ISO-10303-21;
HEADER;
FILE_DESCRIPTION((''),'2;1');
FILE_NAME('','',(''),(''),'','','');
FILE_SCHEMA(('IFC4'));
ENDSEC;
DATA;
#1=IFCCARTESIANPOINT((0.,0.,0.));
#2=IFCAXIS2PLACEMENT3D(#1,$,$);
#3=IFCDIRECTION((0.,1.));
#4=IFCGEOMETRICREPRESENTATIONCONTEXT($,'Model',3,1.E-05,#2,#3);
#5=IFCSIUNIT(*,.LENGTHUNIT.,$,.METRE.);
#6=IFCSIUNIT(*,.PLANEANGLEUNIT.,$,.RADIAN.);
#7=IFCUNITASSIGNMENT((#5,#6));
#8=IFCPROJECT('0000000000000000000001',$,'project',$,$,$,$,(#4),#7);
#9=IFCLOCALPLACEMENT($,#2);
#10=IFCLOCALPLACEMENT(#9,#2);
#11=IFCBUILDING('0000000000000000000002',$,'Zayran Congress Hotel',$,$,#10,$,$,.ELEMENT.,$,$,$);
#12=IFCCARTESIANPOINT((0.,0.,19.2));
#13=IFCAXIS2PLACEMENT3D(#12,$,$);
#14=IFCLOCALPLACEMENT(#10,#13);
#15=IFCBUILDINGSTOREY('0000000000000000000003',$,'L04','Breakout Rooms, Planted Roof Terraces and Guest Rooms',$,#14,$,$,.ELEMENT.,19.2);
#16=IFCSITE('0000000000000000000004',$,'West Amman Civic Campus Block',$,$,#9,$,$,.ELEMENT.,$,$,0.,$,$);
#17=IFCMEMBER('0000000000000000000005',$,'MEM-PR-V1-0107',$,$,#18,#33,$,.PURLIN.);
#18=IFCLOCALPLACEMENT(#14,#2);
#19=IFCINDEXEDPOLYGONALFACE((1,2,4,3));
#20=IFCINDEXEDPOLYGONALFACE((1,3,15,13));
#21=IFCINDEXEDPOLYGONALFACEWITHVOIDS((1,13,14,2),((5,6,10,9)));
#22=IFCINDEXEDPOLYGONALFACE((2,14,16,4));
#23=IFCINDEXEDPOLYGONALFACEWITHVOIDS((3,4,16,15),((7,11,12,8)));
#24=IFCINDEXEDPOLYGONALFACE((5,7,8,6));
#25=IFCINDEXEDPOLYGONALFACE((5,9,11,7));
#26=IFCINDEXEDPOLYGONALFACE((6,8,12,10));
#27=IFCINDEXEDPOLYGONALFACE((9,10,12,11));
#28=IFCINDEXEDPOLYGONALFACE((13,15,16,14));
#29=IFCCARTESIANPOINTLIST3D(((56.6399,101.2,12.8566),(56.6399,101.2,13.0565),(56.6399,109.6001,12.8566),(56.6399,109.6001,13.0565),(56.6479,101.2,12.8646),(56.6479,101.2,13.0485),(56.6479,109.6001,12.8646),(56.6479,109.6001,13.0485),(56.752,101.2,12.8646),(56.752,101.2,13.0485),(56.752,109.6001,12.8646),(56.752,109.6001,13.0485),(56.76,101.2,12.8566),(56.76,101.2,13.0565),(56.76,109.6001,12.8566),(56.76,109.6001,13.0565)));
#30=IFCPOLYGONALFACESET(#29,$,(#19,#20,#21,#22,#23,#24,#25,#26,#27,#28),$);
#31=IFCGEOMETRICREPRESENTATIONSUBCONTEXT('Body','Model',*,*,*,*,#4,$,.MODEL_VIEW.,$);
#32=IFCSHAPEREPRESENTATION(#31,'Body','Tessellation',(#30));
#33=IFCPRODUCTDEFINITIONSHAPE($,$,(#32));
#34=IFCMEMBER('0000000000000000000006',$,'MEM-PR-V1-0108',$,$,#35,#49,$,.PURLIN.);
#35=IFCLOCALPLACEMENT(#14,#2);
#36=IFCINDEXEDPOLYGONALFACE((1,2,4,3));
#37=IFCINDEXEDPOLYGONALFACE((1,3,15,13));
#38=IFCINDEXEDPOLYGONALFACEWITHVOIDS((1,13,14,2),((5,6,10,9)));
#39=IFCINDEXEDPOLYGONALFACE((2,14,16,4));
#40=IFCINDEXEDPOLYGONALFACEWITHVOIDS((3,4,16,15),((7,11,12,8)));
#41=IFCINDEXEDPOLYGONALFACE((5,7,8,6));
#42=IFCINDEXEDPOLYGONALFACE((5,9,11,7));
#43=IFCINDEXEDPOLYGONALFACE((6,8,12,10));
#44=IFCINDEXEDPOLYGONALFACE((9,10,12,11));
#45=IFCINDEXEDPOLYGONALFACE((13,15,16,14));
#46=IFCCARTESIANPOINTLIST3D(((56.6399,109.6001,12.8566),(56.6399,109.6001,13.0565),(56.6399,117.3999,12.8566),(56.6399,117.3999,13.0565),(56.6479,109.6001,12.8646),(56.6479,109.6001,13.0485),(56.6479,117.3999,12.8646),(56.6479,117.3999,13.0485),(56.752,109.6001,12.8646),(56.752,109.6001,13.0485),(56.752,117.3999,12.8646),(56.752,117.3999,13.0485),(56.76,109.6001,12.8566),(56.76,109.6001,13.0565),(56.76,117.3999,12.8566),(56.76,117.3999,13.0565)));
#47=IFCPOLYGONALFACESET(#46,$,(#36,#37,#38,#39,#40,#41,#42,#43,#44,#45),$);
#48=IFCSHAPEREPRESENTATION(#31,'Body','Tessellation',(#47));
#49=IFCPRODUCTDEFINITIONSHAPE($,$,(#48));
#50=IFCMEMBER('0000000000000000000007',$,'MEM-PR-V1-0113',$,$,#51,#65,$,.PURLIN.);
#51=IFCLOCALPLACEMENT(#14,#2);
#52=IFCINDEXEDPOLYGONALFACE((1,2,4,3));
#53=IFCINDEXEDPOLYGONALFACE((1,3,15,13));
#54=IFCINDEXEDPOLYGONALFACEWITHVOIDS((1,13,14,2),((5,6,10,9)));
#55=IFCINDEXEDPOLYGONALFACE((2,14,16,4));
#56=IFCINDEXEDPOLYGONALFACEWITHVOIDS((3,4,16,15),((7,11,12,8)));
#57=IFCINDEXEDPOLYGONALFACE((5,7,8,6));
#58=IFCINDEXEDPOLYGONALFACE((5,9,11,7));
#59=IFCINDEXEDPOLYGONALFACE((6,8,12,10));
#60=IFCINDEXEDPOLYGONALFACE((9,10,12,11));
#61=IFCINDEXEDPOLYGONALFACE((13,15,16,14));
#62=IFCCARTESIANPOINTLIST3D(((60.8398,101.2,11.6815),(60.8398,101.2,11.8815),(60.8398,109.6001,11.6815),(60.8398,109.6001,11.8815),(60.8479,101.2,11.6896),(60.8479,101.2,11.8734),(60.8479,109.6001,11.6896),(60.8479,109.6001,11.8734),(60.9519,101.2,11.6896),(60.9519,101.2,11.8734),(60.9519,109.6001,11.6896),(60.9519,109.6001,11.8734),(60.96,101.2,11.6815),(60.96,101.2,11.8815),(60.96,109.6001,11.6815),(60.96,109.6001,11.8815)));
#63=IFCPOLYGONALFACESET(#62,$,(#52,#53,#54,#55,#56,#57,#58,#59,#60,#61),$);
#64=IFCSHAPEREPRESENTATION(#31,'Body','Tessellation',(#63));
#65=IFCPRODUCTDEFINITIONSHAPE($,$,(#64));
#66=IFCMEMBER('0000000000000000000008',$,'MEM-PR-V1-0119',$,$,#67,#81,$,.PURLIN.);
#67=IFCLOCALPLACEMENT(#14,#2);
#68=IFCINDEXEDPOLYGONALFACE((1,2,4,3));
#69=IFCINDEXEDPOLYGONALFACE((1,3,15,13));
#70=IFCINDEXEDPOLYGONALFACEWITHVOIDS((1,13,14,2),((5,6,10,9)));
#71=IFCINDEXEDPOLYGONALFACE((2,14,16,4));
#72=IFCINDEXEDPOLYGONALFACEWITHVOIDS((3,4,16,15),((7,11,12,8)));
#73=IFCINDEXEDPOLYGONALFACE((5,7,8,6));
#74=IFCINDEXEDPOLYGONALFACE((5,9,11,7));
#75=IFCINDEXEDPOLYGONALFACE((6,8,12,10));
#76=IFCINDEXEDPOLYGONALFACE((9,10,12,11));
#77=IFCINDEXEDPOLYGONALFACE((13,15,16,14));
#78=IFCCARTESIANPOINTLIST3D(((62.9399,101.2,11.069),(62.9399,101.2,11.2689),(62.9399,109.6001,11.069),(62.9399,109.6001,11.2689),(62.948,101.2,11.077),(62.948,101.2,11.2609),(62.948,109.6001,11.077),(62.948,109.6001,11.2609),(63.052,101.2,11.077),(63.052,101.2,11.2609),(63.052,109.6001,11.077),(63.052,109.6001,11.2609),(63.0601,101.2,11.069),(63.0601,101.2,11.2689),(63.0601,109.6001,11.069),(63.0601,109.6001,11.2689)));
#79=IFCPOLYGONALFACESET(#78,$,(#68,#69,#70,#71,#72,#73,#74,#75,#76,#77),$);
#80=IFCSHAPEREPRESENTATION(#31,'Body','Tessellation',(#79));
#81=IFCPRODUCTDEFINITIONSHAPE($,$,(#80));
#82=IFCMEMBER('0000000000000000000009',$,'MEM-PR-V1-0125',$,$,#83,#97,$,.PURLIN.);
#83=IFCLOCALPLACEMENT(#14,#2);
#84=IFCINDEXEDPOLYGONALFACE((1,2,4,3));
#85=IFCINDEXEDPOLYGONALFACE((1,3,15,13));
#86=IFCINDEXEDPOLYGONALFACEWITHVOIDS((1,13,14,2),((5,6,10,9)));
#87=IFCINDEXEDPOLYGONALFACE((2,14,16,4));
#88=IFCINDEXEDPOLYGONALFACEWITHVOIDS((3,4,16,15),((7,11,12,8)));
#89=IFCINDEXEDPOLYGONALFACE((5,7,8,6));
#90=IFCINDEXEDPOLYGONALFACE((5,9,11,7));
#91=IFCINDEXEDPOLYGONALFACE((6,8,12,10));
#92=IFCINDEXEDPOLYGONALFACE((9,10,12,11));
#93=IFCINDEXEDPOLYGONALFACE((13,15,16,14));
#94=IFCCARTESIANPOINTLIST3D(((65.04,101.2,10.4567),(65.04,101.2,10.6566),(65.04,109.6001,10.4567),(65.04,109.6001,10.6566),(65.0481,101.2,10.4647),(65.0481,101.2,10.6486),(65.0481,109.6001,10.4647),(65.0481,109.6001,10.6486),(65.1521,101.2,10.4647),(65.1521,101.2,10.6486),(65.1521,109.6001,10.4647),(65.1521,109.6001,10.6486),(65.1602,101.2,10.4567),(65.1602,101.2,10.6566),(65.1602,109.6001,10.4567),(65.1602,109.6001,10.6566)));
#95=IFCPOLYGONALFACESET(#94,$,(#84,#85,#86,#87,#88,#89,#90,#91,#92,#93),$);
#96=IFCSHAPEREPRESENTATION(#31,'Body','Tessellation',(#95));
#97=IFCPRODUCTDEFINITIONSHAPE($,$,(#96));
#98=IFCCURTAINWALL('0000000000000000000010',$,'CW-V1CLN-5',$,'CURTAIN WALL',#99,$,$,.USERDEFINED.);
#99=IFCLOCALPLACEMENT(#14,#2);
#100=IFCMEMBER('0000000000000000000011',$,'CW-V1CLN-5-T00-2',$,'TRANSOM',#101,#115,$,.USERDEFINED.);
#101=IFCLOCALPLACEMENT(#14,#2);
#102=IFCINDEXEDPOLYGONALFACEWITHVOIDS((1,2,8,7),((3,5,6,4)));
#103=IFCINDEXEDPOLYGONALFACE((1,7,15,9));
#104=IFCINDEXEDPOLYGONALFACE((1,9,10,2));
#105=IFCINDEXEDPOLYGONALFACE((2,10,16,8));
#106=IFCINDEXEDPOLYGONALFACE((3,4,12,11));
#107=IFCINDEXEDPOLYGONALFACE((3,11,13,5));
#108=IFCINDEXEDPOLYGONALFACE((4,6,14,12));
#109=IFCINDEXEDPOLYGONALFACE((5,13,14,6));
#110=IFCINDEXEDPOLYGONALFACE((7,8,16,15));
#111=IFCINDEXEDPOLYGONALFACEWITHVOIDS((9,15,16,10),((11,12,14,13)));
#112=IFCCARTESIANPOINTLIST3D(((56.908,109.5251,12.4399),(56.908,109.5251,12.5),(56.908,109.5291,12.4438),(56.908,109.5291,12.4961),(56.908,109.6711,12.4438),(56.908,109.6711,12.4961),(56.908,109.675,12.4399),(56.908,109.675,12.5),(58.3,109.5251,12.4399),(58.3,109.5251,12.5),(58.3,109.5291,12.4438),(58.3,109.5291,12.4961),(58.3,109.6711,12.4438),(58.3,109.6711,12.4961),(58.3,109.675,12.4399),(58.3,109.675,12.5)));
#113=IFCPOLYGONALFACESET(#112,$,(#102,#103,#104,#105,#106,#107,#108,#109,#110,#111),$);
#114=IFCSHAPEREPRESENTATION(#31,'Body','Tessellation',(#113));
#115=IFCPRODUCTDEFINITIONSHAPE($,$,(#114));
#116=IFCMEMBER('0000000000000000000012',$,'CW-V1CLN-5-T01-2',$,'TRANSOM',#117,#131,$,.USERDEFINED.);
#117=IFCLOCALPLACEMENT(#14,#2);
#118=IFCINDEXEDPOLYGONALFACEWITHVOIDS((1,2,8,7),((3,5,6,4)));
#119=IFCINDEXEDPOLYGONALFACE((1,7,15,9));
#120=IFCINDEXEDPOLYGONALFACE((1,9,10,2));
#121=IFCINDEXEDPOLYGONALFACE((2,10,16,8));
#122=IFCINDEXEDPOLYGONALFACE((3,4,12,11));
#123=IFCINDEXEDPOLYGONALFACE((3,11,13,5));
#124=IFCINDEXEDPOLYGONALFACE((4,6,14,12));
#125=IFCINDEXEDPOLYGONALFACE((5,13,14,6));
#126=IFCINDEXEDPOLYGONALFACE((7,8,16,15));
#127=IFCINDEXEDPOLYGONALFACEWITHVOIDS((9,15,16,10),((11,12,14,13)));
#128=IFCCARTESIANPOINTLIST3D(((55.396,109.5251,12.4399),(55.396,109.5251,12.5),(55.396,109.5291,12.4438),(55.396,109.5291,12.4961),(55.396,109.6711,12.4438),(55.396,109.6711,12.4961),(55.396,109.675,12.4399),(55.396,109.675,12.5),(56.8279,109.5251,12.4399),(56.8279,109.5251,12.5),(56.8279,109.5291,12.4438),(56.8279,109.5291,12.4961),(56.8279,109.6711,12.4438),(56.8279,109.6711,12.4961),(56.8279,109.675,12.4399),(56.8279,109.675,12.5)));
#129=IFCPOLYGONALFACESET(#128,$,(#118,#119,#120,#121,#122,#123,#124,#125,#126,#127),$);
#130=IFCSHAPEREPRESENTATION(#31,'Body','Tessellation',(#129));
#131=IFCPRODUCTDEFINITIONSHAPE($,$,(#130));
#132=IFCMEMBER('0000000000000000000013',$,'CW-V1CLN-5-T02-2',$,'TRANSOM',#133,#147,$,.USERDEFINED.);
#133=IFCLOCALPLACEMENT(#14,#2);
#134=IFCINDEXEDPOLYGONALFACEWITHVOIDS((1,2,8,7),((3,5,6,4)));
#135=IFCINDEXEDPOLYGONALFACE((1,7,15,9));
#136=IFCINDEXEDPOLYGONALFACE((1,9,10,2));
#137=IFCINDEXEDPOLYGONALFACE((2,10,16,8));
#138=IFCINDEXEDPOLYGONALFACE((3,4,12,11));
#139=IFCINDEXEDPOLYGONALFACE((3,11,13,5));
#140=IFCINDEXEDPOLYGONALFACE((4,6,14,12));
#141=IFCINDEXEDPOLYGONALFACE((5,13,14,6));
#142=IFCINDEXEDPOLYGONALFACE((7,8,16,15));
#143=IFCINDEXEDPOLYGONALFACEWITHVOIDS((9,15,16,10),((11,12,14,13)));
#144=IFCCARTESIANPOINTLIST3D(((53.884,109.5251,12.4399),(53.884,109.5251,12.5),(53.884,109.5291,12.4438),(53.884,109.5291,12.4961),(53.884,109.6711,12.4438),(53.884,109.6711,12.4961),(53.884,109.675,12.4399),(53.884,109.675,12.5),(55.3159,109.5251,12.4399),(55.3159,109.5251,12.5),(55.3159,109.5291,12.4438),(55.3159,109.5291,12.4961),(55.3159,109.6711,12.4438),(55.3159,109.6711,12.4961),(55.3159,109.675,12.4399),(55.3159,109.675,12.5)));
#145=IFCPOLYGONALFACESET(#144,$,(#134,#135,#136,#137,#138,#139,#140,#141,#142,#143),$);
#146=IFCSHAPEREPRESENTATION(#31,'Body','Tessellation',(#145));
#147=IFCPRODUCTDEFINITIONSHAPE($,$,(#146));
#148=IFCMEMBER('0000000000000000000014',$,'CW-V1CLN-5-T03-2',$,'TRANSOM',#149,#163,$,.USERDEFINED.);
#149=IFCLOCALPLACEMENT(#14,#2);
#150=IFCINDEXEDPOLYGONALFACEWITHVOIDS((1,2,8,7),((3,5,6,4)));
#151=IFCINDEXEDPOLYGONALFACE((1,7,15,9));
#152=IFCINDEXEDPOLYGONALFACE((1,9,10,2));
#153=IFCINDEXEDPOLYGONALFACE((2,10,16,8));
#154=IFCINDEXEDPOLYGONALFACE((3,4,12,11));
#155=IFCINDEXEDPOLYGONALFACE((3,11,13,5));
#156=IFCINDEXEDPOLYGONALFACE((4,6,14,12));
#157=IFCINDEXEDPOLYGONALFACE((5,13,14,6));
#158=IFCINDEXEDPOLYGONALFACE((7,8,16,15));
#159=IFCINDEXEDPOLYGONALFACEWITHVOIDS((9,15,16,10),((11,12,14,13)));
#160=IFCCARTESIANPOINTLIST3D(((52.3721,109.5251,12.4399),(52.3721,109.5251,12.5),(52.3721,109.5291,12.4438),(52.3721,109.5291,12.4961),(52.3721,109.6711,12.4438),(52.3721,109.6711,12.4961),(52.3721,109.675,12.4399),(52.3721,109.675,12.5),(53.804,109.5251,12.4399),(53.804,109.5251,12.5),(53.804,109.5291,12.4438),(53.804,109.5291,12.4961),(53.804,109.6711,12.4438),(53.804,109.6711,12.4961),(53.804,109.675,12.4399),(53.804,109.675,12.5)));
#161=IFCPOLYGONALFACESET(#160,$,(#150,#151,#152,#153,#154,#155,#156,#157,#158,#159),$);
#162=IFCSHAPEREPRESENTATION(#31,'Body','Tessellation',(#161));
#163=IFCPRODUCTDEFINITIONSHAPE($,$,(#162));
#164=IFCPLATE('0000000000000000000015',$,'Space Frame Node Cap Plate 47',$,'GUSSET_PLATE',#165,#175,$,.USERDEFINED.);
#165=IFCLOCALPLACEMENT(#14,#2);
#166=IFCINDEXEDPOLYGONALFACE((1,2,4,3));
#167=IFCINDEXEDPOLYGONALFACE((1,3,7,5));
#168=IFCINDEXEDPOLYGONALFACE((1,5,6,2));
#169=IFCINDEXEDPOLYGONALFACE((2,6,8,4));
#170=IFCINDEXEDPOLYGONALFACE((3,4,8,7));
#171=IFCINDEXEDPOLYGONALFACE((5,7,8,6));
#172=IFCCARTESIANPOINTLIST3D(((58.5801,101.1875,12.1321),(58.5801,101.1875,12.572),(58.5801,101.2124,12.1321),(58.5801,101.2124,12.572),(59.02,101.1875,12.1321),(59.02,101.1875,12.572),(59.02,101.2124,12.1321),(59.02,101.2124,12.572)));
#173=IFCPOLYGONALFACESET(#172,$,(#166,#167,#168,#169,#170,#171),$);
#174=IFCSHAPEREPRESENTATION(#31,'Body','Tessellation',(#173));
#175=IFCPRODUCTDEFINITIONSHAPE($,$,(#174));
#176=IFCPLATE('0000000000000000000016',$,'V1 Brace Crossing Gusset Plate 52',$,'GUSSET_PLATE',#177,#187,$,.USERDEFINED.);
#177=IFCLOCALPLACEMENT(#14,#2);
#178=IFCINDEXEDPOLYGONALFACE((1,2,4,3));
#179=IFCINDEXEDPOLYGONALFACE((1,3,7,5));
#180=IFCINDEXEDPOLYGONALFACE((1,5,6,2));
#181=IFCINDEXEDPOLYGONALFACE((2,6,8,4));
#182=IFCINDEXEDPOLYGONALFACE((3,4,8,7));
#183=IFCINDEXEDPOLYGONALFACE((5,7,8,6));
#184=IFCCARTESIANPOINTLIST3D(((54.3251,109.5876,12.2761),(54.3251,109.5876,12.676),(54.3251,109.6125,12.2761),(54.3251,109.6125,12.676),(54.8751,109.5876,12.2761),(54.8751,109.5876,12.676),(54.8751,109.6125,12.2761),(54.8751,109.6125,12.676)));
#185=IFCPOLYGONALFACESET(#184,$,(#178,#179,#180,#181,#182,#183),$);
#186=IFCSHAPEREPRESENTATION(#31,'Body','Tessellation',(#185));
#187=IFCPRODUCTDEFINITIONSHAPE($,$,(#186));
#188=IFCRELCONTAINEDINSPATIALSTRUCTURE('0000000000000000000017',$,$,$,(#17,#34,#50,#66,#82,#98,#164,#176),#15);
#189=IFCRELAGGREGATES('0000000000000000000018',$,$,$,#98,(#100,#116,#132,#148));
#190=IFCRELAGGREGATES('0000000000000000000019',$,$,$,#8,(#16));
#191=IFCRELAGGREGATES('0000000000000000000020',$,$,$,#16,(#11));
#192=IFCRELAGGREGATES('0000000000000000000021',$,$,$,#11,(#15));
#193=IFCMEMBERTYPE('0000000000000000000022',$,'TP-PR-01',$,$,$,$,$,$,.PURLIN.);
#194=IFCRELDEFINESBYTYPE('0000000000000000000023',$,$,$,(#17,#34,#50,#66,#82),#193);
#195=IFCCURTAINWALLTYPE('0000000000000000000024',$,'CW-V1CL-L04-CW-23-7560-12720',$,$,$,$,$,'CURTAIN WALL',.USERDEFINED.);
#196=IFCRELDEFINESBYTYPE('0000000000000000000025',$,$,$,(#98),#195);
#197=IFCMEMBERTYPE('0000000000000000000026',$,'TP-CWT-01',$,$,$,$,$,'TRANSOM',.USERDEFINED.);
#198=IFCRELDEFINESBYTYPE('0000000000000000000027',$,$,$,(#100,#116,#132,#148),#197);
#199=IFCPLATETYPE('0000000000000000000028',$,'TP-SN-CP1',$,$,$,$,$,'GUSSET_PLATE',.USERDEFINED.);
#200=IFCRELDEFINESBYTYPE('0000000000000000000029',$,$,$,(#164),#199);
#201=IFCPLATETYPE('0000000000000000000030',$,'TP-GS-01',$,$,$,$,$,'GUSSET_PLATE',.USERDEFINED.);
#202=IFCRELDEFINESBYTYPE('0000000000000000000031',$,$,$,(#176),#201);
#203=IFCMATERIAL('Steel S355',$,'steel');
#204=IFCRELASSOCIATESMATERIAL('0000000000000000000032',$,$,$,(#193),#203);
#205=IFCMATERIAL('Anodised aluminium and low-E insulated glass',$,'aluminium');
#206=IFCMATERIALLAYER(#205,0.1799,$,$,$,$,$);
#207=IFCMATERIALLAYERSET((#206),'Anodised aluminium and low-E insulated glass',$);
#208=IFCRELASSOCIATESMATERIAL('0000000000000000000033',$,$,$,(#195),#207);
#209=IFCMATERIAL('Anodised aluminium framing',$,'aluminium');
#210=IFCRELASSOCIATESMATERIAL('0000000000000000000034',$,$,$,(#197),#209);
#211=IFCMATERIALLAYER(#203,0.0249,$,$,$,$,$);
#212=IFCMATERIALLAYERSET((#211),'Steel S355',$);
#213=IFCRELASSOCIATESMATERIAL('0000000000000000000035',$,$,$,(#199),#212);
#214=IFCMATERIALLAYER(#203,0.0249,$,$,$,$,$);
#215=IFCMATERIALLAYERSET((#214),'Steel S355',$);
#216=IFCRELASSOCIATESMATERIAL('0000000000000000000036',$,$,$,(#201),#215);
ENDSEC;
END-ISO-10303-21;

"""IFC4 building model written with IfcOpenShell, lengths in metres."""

from ifc_helpers import new_model, si_unit, direction, frame, origin, origin_2d, place, context, subcontext, project, spatial, rectangle, hollow_rectangle, extrude, material, layer, layer_set, material_profile, profile_set, type_object, element, aggregate, save


model = new_model("IFC4")

# Units and contexts
model_context = context("Model", 3, precision=1e-05, world=origin(), true_north=direction((0.0, 1.0)))
body_context = subcontext(model_context, "Body", "Model", "MODEL_VIEW")
ifc_project = project(units=[si_unit("LENGTHUNIT", "METRE"), si_unit("PLANEANGLEUNIT", "RADIAN")], contexts=[model_context])

# Site, building, storey
site_placement = place(None, origin())
site = spatial("IfcSite", under=ifc_project, at=site_placement, Name="West Amman Civic Campus Block", CompositionType="ELEMENT", RefElevation=0.0)
building_placement = place(site_placement, origin())
building = spatial("IfcBuilding", under=site, at=building_placement, Name="Zayran Congress Hotel", CompositionType="ELEMENT")
storey_placement = place(building_placement, frame((0.0, 0.0, 19.2)))
storey = spatial("IfcBuildingStorey", under=building, at=storey_placement, Name="L04", Description="Breakout Rooms, Planted Roof Terraces and Guest Rooms", CompositionType="ELEMENT", Elevation=19.2)

# Members
ifc_material_1 = material(Name="Steel S355", Category="steel")
ifc_material_profile_1 = material_profile(ifc_material_1, hollow_rectangle(XDim=0.1201, YDim=0.2, WallThickness=0.0081, at=origin_2d()), Name="RHS 200x120x8")
ifc_profile_set_1 = profile_set([ifc_material_profile_1], Name="Steel S355")
member_type_1 = type_object("IfcMemberType", Name="TP-PR-01", PredefinedType="PURLIN", material=ifc_profile_set_1)
member_1_placement = place(storey_placement, frame((56.7, 101.2, 12.9565), z_axis=(0.0, 1.0, 0.0), x_axis=(-1.0, 0.0, 0.0)))
element("IfcMember", 1, at=member_1_placement, inside=storey, type_object=member_type_1, Name="MEM-PR-V1-0107", PredefinedType="PURLIN", context=body_context, shape_type="SweptSolid", body=[
    extrude(hollow_rectangle(XDim=0.1201, YDim=0.2, WallThickness=0.0081, at=origin_2d()), origin(), (0.0, 0.0, 1.0), 8.4001),
])
member_2_placement = place(storey_placement, frame((56.7, 109.6001, 12.9565), z_axis=(0.0, 1.0, 0.0), x_axis=(-1.0, 0.0, 0.0)))
element("IfcMember", 2, at=member_2_placement, inside=storey, type_object=member_type_1, Name="MEM-PR-V1-0108", PredefinedType="PURLIN", context=body_context, shape_type="SweptSolid", body=[
    extrude(hollow_rectangle(XDim=0.1201, YDim=0.2, WallThickness=0.0081, at=origin_2d()), origin(), (0.0, 0.0, 1.0), 7.7998),
])
for number, where, z_axis, x_axis, name in (
    (3, (60.8999, 101.2, 11.7815), (0.0, 1.0, 0.0), (-1.0, 0.0, 0.0), "MEM-PR-V1-0113"),
    (4, (63.0, 101.2, 11.1689), (0.0, 1.0, 0.0), (-1.0, 0.0, 0.0), "MEM-PR-V1-0119"),
    (5, (65.1001, 101.2, 10.5566), (0.0, 1.0, 0.0), (-1.0, 0.0, 0.0), "MEM-PR-V1-0125"),
):
    element("IfcMember", number, at=place(storey_placement, frame(where, z_axis=z_axis, x_axis=x_axis)), inside=storey, type_object=member_type_1, Name=name, PredefinedType="PURLIN", context=body_context, shape_type="SweptSolid", body=[
        extrude(hollow_rectangle(XDim=0.1201, YDim=0.2, WallThickness=0.0081, at=origin_2d()), origin(), (0.0, 0.0, 1.0), 8.4001),
    ])

# Curtain wall, members
ifc_material_2 = material(Name="Anodised aluminium and low-E insulated glass", Category="aluminium")
ifc_layer_1 = layer(ifc_material_2, 0.1799)
ifc_layer_set_1 = layer_set([ifc_layer_1], Name="Anodised aluminium and low-E insulated glass")
curtain_wall_type = type_object("IfcCurtainWallType", Name="CW-V1CL-L04-CW-23-7560-12720", ElementType="CURTAIN WALL", PredefinedType="USERDEFINED", material=ifc_layer_set_1)
curtain_wall_placement = place(storey_placement, origin())
curtain_wall = element("IfcCurtainWall", 6, at=curtain_wall_placement, inside=storey, type_object=curtain_wall_type, Name="CW-V1CLN-5", ObjectType="CURTAIN WALL", PredefinedType="USERDEFINED")
ifc_material_3 = material(Name="Anodised aluminium framing", Category="aluminium")
ifc_material_profile_2 = material_profile(ifc_material_3, hollow_rectangle(XDim=0.0601, YDim=0.1499, WallThickness=0.0039, at=origin_2d()), Name="RHS 150x60x4")
ifc_profile_set_2 = profile_set([ifc_material_profile_2], Name="Anodised aluminium framing")
member_type_2 = type_object("IfcMemberType", Name="TP-CWT-01", ElementType="TRANSOM", PredefinedType="USERDEFINED", material=ifc_profile_set_2)
member_3_placement = place(storey_placement, frame((58.3, 109.6001, 12.47), z_axis=(-1.0, 0.0, 0.0), x_axis=(0.0, 0.0, 1.0)))
member_3 = element("IfcMember", 7, at=member_3_placement, type_object=member_type_2, Name="CW-V1CLN-5-T00-2", ObjectType="TRANSOM", PredefinedType="USERDEFINED", context=body_context, shape_type="SweptSolid", body=[
    extrude(hollow_rectangle(XDim=0.0601, YDim=0.1499, WallThickness=0.0039, at=origin_2d()), origin(), (0.0, 0.0, 1.0), 1.3921),
])
member_4_placement = place(storey_placement, frame((56.8279, 109.6001, 12.47), z_axis=(-1.0, 0.0, 0.0), x_axis=(0.0, 0.0, 1.0)))
member_4 = element("IfcMember", 8, at=member_4_placement, type_object=member_type_2, Name="CW-V1CLN-5-T01-2", ObjectType="TRANSOM", PredefinedType="USERDEFINED", context=body_context, shape_type="SweptSolid", body=[
    extrude(hollow_rectangle(XDim=0.0601, YDim=0.1499, WallThickness=0.0039, at=origin_2d()), origin(), (0.0, 0.0, 1.0), 1.4319),
])
member_5_placement = place(storey_placement, frame((55.3159, 109.6001, 12.47), z_axis=(-1.0, 0.0, 0.0), x_axis=(0.0, 0.0, 1.0)))
member_5 = element("IfcMember", 9, at=member_5_placement, type_object=member_type_2, Name="CW-V1CLN-5-T02-2", ObjectType="TRANSOM", PredefinedType="USERDEFINED", context=body_context, shape_type="SweptSolid", body=[
    extrude(hollow_rectangle(XDim=0.0601, YDim=0.1499, WallThickness=0.0039, at=origin_2d()), origin(), (0.0, 0.0, 1.0), 1.4319),
])
member_6_placement = place(storey_placement, frame((53.804, 109.6001, 12.47), z_axis=(-1.0, 0.0, 0.0), x_axis=(0.0, 0.0, 1.0)))
member_6 = element("IfcMember", 10, at=member_6_placement, type_object=member_type_2, Name="CW-V1CLN-5-T03-2", ObjectType="TRANSOM", PredefinedType="USERDEFINED", context=body_context, shape_type="SweptSolid", body=[
    extrude(hollow_rectangle(XDim=0.0601, YDim=0.1499, WallThickness=0.0039, at=origin_2d()), origin(), (0.0, 0.0, 1.0), 1.4319),
])
aggregate(curtain_wall, [member_3, member_4, member_5, member_6])

# Plates
ifc_layer_2 = layer(ifc_material_1, 0.0249)
ifc_layer_set_2 = layer_set([ifc_layer_2], Name="Steel S355")
plate_type_1 = type_object("IfcPlateType", Name="TP-SN-CP1", ElementType="GUSSET_PLATE", PredefinedType="USERDEFINED", material=ifc_layer_set_2)
plate_1_placement = place(storey_placement, frame((58.8, 101.2, 12.1321), z_axis=(0.0, 0.0, 1.0), x_axis=(1.0, 0.0, 0.0)))
element("IfcPlate", 11, at=plate_1_placement, inside=storey, type_object=plate_type_1, Name="Space Frame Node Cap Plate 47", ObjectType="GUSSET_PLATE", PredefinedType="USERDEFINED", context=body_context, shape_type="SweptSolid", body=[
    extrude(rectangle(XDim=0.4399, YDim=0.0249, at=origin_2d()), origin(), (0.0, 0.0, 1.0), 0.4399),
])
ifc_layer_3 = layer(ifc_material_1, 0.0249)
ifc_layer_set_3 = layer_set([ifc_layer_3], Name="Steel S355")
plate_type_2 = type_object("IfcPlateType", Name="TP-GS-01", ElementType="GUSSET_PLATE", PredefinedType="USERDEFINED", material=ifc_layer_set_3)
plate_2_placement = place(storey_placement, frame((54.6001, 109.6001, 12.2761), z_axis=(0.0, 0.0, 1.0), x_axis=(1.0, 0.0, 0.0)))
element("IfcPlate", 12, at=plate_2_placement, inside=storey, type_object=plate_type_2, Name="V1 Brace Crossing Gusset Plate 52", ObjectType="GUSSET_PLATE", PredefinedType="USERDEFINED", context=body_context, shape_type="SweptSolid", body=[
    extrude(rectangle(XDim=0.55, YDim=0.0249, at=origin_2d()), origin(), (0.0, 0.0, 1.0), 0.3999),
])

save(model, "model.ifc")
